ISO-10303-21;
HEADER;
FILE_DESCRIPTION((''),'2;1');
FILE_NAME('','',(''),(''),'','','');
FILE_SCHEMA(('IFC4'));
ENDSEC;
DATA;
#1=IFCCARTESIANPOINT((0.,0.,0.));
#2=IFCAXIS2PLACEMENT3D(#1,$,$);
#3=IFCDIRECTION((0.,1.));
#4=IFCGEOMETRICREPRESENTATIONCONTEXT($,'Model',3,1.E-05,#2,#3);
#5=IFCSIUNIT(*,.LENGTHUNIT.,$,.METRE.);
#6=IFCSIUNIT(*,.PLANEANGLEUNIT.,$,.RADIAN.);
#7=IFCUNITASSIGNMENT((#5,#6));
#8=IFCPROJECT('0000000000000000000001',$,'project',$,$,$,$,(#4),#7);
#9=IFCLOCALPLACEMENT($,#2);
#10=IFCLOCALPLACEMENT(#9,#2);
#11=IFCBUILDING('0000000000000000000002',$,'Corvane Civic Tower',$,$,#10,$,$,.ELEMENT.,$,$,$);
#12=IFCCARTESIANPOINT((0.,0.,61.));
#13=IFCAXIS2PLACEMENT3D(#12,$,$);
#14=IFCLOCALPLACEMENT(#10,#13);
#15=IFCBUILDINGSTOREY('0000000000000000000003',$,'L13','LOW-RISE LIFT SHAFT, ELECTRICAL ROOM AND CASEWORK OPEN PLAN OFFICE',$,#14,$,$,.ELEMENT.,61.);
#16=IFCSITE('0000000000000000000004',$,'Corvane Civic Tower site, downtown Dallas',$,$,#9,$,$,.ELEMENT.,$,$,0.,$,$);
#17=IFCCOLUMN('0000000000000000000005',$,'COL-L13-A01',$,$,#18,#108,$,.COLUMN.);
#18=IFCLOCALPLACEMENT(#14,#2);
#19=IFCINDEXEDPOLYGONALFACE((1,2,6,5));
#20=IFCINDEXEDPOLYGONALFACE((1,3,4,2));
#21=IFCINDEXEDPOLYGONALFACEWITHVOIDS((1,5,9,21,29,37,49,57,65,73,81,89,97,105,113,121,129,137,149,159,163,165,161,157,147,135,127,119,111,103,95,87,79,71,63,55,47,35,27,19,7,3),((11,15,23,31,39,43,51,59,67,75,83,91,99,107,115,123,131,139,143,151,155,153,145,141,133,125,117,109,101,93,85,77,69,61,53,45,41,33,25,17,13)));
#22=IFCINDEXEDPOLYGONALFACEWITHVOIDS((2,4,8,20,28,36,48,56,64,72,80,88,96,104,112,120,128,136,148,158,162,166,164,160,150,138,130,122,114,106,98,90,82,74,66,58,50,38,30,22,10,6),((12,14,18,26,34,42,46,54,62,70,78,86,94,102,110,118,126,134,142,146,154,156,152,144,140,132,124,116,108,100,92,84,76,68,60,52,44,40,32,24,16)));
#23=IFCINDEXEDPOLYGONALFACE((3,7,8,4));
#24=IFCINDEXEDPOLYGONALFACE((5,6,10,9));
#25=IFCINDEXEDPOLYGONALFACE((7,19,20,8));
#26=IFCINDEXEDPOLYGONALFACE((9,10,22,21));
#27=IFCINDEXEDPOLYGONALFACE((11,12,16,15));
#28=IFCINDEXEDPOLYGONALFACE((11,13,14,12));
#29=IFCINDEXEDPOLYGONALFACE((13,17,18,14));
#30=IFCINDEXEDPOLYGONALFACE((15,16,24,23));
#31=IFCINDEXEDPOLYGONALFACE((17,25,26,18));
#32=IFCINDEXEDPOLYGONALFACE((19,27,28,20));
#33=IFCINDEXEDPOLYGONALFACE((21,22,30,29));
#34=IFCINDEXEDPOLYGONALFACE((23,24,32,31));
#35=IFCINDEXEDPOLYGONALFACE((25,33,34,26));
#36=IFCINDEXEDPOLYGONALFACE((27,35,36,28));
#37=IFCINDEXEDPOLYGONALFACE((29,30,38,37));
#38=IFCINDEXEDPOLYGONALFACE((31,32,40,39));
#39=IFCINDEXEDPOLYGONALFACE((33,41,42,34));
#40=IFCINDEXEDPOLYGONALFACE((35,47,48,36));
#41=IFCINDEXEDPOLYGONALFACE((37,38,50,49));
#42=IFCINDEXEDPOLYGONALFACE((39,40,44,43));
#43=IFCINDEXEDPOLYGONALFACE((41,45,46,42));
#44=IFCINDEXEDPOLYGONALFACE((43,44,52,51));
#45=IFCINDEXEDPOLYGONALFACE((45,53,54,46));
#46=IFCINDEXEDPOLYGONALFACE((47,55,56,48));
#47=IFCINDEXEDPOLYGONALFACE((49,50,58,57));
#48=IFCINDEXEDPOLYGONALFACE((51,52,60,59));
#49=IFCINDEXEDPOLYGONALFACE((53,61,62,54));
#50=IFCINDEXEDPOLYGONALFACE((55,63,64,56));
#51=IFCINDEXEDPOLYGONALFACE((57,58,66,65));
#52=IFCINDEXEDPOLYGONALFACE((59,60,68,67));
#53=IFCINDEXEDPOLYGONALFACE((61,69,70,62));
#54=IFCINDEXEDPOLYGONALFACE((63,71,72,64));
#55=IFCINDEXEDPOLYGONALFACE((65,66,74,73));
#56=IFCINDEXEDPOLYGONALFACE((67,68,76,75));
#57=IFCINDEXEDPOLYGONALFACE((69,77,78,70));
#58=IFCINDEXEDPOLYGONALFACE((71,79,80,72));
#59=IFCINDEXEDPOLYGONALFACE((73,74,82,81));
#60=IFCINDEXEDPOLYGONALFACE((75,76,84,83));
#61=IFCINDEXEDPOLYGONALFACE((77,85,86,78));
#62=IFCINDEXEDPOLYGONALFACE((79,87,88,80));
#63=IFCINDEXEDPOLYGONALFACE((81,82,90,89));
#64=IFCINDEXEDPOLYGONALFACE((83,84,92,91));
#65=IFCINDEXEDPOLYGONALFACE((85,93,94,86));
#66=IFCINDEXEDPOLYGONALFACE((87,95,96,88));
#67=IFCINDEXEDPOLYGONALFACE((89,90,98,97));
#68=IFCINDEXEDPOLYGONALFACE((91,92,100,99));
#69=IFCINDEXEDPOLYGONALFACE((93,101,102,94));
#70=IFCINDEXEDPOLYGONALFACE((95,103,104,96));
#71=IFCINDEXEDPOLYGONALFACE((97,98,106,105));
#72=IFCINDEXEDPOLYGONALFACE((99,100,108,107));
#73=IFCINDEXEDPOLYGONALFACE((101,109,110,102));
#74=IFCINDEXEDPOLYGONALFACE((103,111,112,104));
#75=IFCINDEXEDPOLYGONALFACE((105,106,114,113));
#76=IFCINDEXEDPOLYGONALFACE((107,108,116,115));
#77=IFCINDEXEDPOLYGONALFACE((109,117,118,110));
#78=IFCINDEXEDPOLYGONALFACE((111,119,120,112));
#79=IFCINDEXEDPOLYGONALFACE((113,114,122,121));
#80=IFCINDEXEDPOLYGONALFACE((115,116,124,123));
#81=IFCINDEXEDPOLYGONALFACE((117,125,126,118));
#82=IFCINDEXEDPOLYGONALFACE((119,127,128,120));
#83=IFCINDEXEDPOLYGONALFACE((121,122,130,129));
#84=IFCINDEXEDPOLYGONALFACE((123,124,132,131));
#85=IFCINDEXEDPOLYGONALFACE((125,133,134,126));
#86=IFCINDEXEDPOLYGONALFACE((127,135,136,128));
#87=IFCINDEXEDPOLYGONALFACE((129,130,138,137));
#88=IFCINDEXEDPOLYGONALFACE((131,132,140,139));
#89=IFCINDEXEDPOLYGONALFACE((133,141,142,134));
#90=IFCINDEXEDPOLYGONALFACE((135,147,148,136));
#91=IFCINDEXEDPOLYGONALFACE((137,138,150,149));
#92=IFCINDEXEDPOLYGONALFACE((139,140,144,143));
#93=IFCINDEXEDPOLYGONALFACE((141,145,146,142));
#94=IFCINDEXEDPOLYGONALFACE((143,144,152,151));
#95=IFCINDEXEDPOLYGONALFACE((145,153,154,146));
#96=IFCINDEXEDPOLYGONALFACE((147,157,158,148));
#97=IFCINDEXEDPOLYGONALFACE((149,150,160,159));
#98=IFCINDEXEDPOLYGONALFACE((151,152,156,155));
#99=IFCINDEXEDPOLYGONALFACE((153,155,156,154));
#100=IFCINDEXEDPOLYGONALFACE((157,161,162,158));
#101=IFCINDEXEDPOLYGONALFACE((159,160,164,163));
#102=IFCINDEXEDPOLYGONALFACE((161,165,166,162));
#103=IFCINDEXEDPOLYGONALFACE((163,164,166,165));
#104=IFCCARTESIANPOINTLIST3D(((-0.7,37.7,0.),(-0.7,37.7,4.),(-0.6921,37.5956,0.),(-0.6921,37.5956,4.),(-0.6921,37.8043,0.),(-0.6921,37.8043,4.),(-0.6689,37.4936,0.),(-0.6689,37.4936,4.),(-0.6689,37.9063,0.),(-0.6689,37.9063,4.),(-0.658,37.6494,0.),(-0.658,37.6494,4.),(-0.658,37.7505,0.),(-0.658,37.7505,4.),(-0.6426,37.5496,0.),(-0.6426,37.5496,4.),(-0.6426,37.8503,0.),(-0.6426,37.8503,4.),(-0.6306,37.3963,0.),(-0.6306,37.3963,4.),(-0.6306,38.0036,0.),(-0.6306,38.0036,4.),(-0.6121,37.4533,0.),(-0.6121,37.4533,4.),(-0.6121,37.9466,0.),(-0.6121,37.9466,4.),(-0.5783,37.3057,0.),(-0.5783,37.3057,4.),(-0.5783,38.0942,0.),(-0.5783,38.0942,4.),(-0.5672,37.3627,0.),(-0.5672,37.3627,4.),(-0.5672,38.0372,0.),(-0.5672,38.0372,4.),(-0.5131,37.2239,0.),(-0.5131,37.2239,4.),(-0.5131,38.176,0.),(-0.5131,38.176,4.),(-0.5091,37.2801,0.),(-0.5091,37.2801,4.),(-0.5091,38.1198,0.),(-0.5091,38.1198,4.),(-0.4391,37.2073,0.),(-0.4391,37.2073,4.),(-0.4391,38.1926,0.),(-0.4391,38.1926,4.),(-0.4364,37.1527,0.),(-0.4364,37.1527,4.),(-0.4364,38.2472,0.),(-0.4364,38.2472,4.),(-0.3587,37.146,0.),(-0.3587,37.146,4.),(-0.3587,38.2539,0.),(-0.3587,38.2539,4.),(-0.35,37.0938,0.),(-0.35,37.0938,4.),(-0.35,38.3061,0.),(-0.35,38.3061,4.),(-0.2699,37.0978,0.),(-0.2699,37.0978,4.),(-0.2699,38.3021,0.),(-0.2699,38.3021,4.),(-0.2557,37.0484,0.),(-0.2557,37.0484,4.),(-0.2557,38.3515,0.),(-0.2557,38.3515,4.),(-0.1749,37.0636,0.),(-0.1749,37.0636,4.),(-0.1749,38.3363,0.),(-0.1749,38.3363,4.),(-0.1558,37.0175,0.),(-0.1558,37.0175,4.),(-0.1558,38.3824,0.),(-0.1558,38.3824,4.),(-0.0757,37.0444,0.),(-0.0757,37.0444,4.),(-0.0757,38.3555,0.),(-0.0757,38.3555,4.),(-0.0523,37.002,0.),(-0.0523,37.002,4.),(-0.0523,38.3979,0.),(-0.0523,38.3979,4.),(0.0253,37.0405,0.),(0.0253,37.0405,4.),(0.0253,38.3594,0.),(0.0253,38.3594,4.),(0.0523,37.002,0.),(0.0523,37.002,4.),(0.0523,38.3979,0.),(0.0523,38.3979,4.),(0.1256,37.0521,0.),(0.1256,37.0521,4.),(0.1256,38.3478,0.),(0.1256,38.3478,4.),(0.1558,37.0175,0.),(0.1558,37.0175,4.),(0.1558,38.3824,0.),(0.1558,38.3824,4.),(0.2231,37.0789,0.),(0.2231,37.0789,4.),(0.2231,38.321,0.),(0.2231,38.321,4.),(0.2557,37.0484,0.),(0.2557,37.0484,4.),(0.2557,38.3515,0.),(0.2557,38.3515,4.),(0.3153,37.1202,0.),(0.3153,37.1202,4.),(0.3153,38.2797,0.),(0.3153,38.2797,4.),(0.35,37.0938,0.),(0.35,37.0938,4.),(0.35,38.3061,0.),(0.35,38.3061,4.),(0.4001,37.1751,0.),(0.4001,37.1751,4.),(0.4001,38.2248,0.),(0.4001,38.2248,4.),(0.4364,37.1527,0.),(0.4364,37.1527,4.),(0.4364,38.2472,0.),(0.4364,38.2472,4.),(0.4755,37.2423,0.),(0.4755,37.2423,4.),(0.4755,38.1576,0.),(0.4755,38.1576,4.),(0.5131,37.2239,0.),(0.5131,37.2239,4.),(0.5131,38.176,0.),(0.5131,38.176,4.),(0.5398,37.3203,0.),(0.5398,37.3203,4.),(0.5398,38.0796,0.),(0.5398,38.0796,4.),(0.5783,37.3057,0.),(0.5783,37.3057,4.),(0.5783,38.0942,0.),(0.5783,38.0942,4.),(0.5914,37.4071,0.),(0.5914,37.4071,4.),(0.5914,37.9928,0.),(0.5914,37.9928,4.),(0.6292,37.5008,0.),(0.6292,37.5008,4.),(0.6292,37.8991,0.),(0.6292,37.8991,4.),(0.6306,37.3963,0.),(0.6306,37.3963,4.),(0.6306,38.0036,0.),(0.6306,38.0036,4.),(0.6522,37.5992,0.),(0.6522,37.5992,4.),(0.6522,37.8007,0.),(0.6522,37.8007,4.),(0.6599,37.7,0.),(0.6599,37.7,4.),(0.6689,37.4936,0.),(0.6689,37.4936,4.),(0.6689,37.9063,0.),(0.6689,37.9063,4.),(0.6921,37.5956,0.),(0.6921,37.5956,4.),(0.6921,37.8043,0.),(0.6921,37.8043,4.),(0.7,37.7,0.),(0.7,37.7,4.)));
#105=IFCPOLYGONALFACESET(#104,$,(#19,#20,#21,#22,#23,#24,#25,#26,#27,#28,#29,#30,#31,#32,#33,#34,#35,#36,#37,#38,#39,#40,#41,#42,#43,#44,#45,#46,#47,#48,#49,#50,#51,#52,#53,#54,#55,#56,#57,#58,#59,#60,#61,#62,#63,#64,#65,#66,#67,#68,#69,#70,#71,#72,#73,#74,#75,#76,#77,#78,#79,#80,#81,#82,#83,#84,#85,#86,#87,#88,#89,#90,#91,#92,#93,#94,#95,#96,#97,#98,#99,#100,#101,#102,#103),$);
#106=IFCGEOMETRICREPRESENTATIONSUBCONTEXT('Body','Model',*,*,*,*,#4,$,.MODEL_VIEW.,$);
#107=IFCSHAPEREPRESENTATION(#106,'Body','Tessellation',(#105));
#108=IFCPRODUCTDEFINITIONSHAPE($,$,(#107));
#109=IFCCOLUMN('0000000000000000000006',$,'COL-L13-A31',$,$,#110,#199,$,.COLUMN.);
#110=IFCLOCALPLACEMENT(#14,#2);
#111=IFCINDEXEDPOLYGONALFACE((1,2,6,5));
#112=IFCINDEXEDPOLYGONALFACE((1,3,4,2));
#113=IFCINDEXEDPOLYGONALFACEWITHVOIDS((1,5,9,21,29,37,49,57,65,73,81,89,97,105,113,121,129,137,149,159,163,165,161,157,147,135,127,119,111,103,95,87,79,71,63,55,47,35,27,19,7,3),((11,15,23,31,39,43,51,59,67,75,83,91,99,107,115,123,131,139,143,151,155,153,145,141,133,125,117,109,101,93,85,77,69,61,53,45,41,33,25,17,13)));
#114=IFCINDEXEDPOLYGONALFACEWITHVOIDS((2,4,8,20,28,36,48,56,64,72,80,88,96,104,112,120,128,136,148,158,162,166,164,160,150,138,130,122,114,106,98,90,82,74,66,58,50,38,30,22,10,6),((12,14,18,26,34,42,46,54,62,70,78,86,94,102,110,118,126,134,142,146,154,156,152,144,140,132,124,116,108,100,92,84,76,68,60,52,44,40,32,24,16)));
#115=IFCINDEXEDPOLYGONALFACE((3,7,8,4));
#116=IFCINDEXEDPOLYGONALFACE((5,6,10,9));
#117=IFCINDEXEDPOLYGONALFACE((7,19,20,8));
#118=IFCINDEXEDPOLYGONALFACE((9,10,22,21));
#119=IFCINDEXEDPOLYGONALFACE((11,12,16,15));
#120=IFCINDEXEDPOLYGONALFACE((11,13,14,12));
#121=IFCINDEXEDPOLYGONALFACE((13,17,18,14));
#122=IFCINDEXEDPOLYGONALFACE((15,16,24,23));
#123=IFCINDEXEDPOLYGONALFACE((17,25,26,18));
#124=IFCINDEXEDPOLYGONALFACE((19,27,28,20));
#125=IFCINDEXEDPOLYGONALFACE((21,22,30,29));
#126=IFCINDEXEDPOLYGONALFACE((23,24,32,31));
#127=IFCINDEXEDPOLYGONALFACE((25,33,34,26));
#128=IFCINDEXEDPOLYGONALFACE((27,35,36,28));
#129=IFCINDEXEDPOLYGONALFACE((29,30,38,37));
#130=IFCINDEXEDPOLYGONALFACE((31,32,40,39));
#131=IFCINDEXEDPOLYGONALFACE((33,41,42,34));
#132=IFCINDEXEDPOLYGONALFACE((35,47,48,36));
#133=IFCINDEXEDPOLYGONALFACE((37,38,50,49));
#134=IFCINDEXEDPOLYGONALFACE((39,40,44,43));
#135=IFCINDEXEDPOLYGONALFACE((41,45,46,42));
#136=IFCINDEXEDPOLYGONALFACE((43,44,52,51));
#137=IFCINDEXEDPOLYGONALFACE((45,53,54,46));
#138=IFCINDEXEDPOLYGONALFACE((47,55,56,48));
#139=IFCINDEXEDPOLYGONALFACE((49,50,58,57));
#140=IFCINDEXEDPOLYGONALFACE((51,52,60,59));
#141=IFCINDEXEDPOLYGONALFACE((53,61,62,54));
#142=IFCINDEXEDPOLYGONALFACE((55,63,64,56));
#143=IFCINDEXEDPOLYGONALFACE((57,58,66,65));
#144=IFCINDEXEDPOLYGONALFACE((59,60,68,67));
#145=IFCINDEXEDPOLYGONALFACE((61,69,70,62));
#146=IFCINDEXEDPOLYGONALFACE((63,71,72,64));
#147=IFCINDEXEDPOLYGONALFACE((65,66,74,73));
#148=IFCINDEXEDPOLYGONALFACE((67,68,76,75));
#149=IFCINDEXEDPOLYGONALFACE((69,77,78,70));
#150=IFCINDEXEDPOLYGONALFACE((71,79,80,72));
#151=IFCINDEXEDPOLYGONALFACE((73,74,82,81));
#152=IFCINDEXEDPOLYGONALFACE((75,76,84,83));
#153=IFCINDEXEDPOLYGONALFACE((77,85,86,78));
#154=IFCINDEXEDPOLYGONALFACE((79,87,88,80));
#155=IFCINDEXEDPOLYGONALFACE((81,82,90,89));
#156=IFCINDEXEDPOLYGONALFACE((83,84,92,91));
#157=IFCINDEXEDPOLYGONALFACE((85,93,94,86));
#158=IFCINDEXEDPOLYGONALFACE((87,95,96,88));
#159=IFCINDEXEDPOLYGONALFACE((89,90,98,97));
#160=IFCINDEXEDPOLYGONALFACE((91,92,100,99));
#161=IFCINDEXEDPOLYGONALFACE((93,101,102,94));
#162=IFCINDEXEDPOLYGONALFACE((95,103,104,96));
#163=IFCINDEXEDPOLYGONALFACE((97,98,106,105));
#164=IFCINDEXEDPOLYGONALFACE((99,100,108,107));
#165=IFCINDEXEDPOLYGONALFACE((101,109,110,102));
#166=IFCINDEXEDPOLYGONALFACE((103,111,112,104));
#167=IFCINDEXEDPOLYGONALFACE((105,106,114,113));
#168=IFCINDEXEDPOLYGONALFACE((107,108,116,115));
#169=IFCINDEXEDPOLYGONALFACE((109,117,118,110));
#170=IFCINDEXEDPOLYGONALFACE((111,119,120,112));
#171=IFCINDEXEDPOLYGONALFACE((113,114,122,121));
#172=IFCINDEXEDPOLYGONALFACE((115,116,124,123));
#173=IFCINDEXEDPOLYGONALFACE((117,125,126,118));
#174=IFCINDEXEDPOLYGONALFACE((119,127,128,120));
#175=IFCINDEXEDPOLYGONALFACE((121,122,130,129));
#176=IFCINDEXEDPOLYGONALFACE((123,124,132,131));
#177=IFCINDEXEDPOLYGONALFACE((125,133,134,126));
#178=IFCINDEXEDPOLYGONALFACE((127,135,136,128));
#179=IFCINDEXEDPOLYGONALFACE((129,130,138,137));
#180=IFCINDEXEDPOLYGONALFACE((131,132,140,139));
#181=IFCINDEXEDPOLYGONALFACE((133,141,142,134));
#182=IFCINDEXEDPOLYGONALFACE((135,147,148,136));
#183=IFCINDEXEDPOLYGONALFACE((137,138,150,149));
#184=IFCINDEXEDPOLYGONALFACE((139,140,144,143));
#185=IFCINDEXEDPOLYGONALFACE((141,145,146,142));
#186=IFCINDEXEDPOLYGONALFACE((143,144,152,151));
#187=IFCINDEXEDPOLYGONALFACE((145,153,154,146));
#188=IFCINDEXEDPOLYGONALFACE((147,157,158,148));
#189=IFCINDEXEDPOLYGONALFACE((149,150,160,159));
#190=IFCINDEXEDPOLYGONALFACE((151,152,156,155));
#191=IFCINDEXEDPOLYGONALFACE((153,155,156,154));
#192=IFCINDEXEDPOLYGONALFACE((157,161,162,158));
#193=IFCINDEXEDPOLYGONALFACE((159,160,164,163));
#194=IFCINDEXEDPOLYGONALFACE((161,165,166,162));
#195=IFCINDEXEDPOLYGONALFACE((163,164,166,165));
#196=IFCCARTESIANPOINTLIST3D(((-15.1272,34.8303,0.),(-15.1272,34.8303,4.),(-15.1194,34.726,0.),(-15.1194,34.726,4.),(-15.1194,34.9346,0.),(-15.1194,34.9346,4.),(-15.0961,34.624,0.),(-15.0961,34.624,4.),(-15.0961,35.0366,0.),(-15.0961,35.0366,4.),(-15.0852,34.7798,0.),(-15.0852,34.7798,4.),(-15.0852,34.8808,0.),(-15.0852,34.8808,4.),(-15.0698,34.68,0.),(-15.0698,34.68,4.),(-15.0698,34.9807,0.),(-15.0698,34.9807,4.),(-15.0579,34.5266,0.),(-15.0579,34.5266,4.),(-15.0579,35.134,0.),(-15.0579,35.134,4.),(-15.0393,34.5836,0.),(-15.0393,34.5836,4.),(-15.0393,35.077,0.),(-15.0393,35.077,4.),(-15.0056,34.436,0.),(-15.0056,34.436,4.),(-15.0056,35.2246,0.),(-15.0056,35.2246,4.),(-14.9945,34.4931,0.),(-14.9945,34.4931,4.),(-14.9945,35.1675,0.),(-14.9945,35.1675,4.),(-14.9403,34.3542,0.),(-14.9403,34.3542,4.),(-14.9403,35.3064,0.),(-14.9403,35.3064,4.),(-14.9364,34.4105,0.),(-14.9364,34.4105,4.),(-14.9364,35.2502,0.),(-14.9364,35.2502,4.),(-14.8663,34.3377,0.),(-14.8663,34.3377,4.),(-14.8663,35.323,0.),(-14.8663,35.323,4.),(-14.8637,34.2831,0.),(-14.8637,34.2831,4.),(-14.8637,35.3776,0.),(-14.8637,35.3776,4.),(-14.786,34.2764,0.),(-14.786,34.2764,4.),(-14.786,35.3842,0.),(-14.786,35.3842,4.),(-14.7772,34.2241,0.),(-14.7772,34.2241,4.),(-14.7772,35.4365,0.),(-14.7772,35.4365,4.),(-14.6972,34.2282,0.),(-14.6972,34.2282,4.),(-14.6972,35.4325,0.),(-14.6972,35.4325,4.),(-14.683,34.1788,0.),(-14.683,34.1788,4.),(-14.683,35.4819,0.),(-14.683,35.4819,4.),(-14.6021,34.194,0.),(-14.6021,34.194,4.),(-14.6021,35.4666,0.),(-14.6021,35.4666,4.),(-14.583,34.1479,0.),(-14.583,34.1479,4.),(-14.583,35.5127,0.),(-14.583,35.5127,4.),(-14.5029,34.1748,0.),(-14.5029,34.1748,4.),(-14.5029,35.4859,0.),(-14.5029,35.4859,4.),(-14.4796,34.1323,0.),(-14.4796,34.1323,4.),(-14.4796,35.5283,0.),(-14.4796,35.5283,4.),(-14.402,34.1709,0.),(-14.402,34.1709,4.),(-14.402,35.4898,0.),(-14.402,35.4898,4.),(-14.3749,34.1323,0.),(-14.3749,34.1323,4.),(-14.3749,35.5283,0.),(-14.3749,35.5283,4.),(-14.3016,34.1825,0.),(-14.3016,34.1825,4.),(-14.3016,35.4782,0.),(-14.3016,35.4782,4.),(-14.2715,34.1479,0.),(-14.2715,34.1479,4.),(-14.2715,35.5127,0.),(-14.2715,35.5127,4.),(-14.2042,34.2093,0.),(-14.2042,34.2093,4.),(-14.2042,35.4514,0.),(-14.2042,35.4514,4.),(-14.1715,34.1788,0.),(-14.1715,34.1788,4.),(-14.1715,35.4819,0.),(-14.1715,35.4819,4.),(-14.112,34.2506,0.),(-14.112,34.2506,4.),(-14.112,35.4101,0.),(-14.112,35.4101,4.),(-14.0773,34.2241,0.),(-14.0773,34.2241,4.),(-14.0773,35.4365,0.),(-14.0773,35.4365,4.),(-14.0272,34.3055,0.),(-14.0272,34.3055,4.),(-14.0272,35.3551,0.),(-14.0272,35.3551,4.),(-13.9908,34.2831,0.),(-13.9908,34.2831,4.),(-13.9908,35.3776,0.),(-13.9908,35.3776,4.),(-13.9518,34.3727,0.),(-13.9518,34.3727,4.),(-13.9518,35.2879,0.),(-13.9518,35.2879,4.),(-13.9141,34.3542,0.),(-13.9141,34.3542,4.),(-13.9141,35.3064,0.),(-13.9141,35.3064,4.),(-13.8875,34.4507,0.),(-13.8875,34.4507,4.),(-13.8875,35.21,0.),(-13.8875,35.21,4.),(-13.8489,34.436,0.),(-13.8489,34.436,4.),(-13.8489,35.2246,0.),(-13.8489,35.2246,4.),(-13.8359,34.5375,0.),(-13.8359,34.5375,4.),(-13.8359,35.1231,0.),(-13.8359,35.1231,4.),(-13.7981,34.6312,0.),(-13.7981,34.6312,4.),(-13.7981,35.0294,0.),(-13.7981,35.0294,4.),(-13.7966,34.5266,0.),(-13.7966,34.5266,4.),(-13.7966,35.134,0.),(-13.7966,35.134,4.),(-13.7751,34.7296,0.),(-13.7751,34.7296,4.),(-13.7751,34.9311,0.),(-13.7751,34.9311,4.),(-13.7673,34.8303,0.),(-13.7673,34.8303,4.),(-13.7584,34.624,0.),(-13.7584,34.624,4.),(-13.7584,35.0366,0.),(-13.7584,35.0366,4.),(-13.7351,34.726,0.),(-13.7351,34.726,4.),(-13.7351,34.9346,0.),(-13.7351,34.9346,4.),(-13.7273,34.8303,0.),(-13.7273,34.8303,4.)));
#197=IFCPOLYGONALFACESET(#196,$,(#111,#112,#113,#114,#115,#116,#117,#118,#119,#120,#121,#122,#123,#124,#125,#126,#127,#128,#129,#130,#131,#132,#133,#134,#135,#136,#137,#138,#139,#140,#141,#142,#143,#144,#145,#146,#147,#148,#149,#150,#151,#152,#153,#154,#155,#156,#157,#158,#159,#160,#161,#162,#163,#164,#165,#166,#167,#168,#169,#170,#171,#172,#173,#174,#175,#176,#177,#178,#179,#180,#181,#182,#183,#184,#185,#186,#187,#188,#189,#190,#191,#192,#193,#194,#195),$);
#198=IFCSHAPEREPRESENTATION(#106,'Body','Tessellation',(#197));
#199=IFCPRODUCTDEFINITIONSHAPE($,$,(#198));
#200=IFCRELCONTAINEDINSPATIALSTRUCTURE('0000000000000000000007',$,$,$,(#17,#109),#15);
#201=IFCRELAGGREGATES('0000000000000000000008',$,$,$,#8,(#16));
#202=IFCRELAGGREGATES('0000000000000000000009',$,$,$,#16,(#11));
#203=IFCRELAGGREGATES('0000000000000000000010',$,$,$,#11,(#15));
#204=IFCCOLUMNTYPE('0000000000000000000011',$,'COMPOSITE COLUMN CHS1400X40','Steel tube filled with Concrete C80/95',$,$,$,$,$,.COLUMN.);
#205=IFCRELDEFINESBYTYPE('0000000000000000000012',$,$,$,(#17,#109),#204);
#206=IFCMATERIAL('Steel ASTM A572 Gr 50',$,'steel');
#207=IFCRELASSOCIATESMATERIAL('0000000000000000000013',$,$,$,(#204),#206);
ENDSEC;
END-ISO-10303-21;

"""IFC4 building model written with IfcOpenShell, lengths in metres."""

from ifc_helpers import new_model, si_unit, direction, frame, origin, origin_2d, place, context, subcontext, project, spatial, hollow_circle, extrude, material, material_profile, profile_set, type_object, element, save


model = new_model("IFC4")

# Units and contexts
model_context = context("Model", 3, precision=1e-05, world=origin(), true_north=direction((0.0, 1.0)))
body_context = subcontext(model_context, "Body", "Model", "MODEL_VIEW")
ifc_project = project(units=[si_unit("LENGTHUNIT", "METRE"), si_unit("PLANEANGLEUNIT", "RADIAN")], contexts=[model_context])

# Site, building, storey
site_placement = place(None, origin())
site = spatial("IfcSite", under=ifc_project, at=site_placement, Name="Corvane Civic Tower site, downtown Dallas", CompositionType="ELEMENT", RefElevation=0.0)
building_placement = place(site_placement, origin())
building = spatial("IfcBuilding", under=site, at=building_placement, Name="Corvane Civic Tower", CompositionType="ELEMENT")
storey_placement = place(building_placement, frame((0.0, 0.0, 61.0)))
storey = spatial("IfcBuildingStorey", under=building, at=storey_placement, Name="L13", Description="LOW-RISE LIFT SHAFT, ELECTRICAL ROOM AND CASEWORK OPEN PLAN OFFICE", CompositionType="ELEMENT", Elevation=61.0)

# Columns
ifc_material_1 = material(Name="Steel ASTM A572 Gr 50", Category="steel")
ifc_material_profile_1 = material_profile(ifc_material_1, hollow_circle(Radius=0.7, WallThickness=0.04, at=origin_2d()), Name="CHS1400X40")
ifc_profile_set_1 = profile_set([ifc_material_profile_1], Name="Steel ASTM A572 Gr 50")
column_type = type_object("IfcColumnType", Name="COMPOSITE COLUMN CHS1400X40", Description="Steel tube filled with Concrete C80/95", PredefinedType="COLUMN", material=ifc_profile_set_1)
for number, where, z_axis, x_axis, name in (
    (1, (0.0, 37.7, 0.0), (0.0, 0.0, 1.0), (1.0, 0.0, 0.0), "COL-L13-A01"),
    (2, (-14.4272, 34.8303, 0.0), (0.0, 0.0, 1.0), (1.0, 0.0, 0.0), "COL-L13-A31"),
):
    element("IfcColumn", number, at=place(storey_placement, frame(where, z_axis=z_axis, x_axis=x_axis)), inside=storey, type_object=column_type, Name=name, PredefinedType="COLUMN", context=body_context, shape_type="SweptSolid", body=[
        extrude(hollow_circle(Radius=0.7, WallThickness=0.04, at=origin_2d()), origin(), (0.0, 0.0, 1.0), 4.0),
    ])

save(model, "model.ifc")
